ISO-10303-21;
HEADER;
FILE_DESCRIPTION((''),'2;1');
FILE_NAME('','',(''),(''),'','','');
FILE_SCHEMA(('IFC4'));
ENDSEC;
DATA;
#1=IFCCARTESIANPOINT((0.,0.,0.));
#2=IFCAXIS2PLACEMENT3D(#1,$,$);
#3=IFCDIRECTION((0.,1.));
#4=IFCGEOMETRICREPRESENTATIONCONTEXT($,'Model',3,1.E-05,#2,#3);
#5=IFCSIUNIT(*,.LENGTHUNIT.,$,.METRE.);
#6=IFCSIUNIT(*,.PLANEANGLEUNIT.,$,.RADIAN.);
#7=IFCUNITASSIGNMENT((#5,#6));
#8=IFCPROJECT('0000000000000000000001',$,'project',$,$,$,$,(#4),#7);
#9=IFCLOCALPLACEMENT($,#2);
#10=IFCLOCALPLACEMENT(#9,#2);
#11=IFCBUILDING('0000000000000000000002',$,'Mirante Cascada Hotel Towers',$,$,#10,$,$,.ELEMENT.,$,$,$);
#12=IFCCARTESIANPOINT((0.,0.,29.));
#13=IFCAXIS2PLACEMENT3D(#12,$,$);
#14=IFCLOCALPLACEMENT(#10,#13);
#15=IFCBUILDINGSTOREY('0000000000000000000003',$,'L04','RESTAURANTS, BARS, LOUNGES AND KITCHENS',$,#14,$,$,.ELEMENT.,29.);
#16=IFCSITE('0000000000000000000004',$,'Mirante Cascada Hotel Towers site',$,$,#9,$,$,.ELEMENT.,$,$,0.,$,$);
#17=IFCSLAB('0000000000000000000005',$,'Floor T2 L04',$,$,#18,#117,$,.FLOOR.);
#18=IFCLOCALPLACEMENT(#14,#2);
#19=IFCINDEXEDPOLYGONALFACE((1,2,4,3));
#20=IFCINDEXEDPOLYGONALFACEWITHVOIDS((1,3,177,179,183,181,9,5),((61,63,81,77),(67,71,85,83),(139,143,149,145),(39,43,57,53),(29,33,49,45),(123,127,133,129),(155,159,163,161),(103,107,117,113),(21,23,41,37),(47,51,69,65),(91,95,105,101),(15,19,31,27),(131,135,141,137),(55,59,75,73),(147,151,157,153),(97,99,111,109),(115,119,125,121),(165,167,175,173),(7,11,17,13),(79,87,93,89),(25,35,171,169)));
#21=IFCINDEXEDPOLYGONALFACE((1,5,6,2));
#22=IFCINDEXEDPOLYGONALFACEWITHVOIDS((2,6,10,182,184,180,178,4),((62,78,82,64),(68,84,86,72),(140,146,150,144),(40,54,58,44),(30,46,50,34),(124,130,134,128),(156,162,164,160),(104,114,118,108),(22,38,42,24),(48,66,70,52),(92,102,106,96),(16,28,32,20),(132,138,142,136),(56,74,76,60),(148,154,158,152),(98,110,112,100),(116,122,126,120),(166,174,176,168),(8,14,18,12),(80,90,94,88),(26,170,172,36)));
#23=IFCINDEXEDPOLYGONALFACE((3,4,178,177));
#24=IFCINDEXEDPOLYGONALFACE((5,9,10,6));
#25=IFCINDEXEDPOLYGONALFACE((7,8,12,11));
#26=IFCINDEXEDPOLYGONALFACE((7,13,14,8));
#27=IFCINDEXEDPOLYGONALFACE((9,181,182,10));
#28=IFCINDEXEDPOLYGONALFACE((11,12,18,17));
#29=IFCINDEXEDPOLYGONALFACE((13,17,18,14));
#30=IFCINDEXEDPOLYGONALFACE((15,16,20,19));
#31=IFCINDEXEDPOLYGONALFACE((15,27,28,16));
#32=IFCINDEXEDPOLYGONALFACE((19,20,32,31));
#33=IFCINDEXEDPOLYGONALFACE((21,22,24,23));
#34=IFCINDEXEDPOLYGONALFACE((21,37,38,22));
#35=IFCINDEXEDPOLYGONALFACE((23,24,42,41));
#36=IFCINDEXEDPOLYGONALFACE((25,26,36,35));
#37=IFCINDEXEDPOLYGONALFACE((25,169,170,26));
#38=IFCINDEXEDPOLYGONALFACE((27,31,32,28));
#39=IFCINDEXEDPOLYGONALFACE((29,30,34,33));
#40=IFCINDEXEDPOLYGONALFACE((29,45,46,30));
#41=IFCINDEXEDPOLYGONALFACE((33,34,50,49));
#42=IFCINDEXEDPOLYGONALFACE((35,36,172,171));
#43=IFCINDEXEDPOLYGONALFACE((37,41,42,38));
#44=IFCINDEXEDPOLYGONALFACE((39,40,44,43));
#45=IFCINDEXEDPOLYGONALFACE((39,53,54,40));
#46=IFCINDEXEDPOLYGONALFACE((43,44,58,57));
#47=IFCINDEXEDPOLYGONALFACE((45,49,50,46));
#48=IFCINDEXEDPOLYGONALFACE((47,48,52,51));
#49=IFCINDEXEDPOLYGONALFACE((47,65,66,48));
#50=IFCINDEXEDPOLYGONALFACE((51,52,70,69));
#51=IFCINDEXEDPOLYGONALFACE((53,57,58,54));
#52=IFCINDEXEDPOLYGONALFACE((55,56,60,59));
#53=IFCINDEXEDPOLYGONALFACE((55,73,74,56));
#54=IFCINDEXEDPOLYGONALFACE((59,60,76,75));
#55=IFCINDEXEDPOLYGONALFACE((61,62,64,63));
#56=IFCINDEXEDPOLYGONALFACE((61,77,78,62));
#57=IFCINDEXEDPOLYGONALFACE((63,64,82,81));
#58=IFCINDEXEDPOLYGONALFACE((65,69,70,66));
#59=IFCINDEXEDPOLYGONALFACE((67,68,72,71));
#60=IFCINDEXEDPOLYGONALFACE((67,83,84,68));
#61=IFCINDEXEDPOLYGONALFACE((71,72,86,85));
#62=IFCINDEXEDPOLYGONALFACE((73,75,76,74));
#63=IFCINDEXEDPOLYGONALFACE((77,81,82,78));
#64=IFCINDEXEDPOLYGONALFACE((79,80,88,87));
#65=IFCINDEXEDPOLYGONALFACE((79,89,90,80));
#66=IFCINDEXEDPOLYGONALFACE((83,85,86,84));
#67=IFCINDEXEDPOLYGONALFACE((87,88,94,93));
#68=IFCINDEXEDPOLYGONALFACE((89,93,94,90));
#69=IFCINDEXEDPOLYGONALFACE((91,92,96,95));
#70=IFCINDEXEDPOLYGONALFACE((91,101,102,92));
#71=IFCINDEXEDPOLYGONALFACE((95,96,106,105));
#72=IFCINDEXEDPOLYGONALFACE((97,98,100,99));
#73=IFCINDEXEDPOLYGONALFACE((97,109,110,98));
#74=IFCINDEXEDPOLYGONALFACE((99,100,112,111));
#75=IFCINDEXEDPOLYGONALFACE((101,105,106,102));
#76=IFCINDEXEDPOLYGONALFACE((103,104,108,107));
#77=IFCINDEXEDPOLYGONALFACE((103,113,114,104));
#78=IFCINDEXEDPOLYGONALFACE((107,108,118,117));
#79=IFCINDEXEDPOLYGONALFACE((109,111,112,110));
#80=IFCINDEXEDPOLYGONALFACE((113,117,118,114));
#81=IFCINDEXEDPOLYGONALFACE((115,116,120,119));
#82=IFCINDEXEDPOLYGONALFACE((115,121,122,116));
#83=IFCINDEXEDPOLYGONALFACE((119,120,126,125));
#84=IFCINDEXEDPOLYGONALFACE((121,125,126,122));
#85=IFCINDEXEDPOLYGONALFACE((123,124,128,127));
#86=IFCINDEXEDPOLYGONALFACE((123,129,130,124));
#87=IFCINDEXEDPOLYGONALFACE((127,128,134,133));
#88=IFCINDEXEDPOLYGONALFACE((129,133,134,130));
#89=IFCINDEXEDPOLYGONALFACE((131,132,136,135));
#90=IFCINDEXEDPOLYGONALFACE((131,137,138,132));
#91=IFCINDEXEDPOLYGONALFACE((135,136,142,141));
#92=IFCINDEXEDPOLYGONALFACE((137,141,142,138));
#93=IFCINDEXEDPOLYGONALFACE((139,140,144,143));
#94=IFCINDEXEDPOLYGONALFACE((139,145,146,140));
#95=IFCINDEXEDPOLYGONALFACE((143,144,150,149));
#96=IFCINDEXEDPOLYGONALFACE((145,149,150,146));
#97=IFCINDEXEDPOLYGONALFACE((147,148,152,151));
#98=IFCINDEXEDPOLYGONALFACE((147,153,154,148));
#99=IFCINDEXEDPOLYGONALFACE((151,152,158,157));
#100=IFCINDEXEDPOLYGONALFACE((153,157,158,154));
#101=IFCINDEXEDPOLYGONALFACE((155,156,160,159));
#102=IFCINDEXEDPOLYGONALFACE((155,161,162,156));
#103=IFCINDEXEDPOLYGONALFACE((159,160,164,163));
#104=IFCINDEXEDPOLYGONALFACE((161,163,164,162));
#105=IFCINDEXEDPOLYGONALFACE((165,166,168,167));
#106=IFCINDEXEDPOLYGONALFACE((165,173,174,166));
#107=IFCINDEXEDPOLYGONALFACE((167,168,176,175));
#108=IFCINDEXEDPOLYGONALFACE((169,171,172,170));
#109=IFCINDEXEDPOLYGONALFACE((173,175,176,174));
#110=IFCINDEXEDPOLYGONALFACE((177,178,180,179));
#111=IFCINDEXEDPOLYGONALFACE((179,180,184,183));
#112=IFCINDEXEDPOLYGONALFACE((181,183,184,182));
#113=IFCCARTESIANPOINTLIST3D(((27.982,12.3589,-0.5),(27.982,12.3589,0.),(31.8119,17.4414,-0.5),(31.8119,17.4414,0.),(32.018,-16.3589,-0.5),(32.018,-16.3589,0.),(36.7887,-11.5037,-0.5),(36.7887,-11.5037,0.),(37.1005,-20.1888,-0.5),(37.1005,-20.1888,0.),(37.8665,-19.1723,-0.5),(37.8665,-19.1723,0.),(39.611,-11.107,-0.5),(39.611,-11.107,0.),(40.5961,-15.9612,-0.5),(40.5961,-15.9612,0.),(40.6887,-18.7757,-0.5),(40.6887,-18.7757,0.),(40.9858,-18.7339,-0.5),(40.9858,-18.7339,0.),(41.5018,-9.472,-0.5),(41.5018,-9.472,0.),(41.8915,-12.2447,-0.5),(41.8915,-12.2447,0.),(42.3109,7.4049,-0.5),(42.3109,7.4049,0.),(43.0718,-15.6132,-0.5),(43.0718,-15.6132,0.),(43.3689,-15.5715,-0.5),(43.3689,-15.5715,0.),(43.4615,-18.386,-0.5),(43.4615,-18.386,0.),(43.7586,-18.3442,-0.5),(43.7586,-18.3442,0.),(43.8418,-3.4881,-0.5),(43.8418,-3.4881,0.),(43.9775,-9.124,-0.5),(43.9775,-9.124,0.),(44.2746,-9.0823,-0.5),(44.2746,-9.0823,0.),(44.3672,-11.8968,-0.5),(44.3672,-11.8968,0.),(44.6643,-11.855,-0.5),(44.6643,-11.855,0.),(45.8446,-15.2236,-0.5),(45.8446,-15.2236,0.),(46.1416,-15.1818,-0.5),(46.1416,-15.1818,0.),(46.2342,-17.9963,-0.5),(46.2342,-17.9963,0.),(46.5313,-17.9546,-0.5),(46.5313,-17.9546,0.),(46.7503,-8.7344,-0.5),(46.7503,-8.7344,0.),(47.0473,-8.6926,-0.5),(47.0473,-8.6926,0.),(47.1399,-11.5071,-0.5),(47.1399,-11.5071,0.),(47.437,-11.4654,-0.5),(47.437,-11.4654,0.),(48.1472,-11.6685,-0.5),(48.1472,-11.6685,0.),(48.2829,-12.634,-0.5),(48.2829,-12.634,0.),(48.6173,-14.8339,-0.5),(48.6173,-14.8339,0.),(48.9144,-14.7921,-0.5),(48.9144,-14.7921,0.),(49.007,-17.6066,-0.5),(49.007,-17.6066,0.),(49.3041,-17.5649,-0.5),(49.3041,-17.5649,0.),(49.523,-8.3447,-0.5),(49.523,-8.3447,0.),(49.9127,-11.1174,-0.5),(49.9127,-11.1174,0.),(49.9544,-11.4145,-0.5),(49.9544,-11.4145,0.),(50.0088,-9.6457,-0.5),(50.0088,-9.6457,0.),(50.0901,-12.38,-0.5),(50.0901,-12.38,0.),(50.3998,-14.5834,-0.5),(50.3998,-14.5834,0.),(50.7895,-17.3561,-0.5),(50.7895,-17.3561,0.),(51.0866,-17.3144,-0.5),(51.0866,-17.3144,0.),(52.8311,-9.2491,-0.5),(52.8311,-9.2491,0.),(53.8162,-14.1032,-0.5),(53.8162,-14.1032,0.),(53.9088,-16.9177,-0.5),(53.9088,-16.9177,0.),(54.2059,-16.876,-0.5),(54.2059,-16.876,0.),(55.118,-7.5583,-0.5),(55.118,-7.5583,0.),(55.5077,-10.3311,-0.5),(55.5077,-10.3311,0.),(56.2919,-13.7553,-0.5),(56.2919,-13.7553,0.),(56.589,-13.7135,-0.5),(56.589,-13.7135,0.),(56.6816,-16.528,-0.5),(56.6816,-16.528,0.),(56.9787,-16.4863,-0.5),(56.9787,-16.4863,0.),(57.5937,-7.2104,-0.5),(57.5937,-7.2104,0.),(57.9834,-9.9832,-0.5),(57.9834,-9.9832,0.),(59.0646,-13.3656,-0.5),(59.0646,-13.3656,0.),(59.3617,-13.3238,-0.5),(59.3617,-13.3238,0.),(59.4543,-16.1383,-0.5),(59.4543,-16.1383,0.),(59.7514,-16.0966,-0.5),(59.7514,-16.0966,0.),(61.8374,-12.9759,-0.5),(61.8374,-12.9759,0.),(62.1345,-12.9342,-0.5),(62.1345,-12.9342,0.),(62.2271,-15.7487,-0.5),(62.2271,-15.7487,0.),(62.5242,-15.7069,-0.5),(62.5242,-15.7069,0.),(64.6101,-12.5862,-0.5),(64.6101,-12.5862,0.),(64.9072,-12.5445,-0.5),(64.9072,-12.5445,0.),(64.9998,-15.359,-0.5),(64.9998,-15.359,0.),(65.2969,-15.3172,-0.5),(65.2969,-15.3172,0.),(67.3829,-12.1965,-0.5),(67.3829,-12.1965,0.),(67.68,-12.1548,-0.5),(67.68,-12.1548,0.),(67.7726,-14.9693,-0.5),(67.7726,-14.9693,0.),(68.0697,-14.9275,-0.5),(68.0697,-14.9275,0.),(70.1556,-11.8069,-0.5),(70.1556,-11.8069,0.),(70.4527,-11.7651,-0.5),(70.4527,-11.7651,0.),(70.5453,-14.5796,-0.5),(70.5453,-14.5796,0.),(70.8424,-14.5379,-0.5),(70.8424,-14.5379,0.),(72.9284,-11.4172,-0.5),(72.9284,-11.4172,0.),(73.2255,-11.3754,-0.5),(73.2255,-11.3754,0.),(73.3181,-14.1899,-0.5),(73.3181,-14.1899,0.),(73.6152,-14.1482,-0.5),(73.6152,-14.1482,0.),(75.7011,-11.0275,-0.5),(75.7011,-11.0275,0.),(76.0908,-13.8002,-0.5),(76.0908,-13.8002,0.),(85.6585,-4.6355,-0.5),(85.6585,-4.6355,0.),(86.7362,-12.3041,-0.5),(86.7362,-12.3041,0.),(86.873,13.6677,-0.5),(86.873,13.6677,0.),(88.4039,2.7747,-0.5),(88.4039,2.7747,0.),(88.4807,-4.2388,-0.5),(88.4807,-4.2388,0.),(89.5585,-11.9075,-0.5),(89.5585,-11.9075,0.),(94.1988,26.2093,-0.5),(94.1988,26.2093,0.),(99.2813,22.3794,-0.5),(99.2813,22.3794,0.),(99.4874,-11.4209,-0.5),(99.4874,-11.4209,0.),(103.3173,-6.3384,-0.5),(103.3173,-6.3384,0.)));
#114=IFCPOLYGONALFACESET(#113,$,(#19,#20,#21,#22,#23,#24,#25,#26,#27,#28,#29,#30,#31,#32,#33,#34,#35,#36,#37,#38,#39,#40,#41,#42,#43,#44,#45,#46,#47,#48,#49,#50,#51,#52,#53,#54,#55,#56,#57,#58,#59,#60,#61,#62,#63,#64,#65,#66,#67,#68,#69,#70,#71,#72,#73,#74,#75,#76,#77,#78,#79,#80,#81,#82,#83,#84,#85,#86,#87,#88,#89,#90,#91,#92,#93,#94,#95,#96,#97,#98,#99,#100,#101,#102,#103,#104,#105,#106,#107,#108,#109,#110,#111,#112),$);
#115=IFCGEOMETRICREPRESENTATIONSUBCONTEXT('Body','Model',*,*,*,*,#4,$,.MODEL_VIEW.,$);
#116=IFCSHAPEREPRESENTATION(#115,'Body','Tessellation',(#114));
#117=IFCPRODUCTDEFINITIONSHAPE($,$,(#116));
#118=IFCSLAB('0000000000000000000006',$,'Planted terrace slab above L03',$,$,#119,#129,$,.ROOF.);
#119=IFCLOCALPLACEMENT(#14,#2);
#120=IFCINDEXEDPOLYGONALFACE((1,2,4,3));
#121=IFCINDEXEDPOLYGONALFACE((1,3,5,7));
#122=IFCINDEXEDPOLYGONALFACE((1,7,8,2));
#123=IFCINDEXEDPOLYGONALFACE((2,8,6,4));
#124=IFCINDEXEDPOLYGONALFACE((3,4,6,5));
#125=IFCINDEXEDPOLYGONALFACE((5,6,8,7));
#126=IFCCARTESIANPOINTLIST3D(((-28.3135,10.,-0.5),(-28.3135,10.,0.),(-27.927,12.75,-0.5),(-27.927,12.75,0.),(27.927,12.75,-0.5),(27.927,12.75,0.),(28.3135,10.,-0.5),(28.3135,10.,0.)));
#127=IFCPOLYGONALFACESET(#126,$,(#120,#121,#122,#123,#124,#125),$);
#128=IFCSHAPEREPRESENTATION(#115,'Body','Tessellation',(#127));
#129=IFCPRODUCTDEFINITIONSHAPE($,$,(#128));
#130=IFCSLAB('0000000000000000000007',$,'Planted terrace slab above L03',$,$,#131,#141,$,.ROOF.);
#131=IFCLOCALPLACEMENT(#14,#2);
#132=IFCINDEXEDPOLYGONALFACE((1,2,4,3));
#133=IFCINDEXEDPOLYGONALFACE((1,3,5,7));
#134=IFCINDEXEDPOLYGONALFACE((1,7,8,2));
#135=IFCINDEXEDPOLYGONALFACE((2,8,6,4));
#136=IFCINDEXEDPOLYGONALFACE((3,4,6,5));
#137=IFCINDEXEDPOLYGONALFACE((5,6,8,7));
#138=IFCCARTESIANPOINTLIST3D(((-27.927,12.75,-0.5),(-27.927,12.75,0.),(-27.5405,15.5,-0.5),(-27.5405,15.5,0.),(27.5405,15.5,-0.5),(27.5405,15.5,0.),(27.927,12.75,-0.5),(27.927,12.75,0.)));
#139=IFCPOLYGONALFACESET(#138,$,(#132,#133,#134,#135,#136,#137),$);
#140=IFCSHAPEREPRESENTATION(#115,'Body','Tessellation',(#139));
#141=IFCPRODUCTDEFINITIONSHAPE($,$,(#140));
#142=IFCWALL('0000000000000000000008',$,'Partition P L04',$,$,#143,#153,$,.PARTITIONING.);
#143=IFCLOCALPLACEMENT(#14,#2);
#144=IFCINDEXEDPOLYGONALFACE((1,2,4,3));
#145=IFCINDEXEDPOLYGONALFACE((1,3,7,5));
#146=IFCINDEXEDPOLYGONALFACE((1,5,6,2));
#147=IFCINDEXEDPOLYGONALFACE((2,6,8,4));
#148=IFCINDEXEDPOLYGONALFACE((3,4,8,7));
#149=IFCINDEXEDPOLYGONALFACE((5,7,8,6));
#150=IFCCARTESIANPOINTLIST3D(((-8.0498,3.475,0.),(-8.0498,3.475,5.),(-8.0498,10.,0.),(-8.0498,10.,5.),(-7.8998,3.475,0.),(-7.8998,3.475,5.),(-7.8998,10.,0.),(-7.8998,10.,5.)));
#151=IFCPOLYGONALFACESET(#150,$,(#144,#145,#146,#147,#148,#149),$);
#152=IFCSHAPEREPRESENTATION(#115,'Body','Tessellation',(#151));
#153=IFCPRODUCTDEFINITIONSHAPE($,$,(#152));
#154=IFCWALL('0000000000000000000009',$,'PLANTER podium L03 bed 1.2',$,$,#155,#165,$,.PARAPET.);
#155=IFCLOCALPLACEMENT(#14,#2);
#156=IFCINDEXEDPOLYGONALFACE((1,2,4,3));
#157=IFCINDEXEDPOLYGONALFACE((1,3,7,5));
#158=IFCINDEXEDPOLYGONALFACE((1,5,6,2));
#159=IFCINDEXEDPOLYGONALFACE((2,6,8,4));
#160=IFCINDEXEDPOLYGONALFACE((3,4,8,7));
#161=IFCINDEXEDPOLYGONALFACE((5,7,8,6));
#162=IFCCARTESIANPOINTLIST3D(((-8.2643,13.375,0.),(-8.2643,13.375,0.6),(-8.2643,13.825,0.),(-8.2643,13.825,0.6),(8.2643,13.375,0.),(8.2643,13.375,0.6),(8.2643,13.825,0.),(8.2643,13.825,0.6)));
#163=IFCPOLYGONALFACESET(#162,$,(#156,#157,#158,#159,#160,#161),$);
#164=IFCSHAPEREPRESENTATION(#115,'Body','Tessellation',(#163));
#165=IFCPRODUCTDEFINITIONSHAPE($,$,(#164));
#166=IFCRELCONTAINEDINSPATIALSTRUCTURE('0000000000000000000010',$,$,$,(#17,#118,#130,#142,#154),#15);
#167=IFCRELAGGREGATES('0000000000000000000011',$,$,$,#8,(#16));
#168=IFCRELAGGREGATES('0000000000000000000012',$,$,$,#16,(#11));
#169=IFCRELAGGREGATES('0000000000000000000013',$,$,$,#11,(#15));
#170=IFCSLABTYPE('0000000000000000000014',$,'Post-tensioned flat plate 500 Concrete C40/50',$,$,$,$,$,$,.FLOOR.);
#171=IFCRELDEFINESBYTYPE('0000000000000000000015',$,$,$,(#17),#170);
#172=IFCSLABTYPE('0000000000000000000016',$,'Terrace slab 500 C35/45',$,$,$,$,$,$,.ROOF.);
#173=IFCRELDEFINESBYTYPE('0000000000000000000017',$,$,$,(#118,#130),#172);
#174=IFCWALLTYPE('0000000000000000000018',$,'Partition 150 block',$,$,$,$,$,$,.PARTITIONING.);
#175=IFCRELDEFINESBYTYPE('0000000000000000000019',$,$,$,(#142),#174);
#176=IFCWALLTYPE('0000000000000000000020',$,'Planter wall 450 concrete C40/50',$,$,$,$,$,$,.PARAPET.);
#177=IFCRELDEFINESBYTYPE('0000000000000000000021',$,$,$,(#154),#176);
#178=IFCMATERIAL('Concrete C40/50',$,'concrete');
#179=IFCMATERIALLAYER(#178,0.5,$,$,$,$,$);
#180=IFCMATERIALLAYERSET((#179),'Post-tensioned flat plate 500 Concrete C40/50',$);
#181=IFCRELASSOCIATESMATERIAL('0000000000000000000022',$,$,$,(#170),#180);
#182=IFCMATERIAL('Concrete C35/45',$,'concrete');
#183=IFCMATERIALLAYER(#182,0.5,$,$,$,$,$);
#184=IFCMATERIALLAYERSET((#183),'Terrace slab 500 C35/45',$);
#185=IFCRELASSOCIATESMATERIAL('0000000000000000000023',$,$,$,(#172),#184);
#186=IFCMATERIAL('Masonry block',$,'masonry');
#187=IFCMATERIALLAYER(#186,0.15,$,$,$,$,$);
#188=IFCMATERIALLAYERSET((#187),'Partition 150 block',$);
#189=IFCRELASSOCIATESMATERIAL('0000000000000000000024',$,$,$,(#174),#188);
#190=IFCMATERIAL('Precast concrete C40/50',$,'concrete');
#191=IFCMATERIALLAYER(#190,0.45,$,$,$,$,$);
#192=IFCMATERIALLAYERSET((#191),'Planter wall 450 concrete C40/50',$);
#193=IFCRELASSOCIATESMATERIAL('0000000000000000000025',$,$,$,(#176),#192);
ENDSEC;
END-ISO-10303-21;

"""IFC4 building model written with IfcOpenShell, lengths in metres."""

from ifc_helpers import new_model, si_unit, direction, frame, frame_2d, origin, place, context, subcontext, project, spatial, polyline, rectangle, outline, extrude, material, layer, layer_set, type_object, element, save


model = new_model("IFC4")

# Units and contexts
model_context = context("Model", 3, precision=1e-05, world=origin(), true_north=direction((0.0, 1.0)))
body_context = subcontext(model_context, "Body", "Model", "MODEL_VIEW")
ifc_project = project(units=[si_unit("LENGTHUNIT", "METRE"), si_unit("PLANEANGLEUNIT", "RADIAN")], contexts=[model_context])

# Site, building, storey
site_placement = place(None, origin())
site = spatial("IfcSite", under=ifc_project, at=site_placement, Name="Mirante Cascada Hotel Towers site", CompositionType="ELEMENT", RefElevation=0.0)
building_placement = place(site_placement, origin())
building = spatial("IfcBuilding", under=site, at=building_placement, Name="Mirante Cascada Hotel Towers", CompositionType="ELEMENT")
storey_placement = place(building_placement, frame((0.0, 0.0, 29.0)))
storey = spatial("IfcBuildingStorey", under=building, at=storey_placement, Name="L04", Description="RESTAURANTS, BARS, LOUNGES AND KITCHENS", CompositionType="ELEMENT", Elevation=29.0)

# Slabs
ifc_material_1 = material(Name="Concrete C40/50", Category="concrete")
ifc_layer_1 = layer(ifc_material_1, 0.5)
ifc_layer_set_1 = layer_set([ifc_layer_1], Name="Post-tensioned flat plate 500 Concrete C40/50")
slab_type_1 = type_object("IfcSlabType", Name="Post-tensioned flat plate 500 Concrete C40/50", PredefinedType="FLOOR", material=ifc_layer_set_1)
slab_1_placement = place(storey_placement, frame((0.0, 0.0, -0.5)))
element("IfcSlab", 1, at=slab_1_placement, inside=storey, type_object=slab_type_1, Name="Floor T2 L04", PredefinedType="FLOOR", context=body_context, shape_type="SweptSolid", body=[
    extrude(outline(polyline([(32.018, -16.3589), (27.982, 12.3589), (31.8119, 17.4414), (94.1988, 26.2093), (99.2813, 22.3794), (103.3173, -6.3384), (99.4874, -11.4209), (37.1005, -20.1888), (32.018, -16.3589)]), holes=[polyline([(43.0718, -15.6132), (40.5961, -15.9612), (40.9858, -18.7339), (43.4615, -18.386), (43.0718, -15.6132)]), polyline([(45.8446, -15.2236), (43.3689, -15.5715), (43.7586, -18.3442), (46.2342, -17.9963), (45.8446, -15.2236)]), polyline([(48.6173, -14.8339), (46.1416, -15.1818), (46.5313, -17.9546), (49.007, -17.6066), (48.6173, -14.8339)]), polyline([(50.7895, -17.3561), (50.3998, -14.5834), (48.9144, -14.7921), (49.3041, -17.5649), (50.7895, -17.3561)]), polyline([(56.6816, -16.528), (56.2919, -13.7553), (53.8162, -14.1032), (54.2059, -16.876), (56.6816, -16.528)]), polyline([(37.8665, -19.1723), (40.6887, -18.7757), (39.611, -11.107), (36.7887, -11.5037), (37.8665, -19.1723)]), polyline([(51.0866, -17.3144), (53.9088, -16.9177), (52.8311, -9.2491), (50.0088, -9.6457), (51.0866, -17.3144)]), polyline([(49.9544, -11.4145), (48.1472, -11.6685), (48.2829, -12.634), (50.0901, -12.38), (49.9544, -11.4145)]), polyline([(44.3672, -11.8968), (43.9775, -9.124), (41.5018, -9.472), (41.8915, -12.2447), (44.3672, -11.8968)]), polyline([(47.1399, -11.5071), (46.7503, -8.7344), (44.2746, -9.0823), (44.6643, -11.855), (47.1399, -11.5071)]), polyline([(49.523, -8.3447), (47.0473, -8.6926), (47.437, -11.4654), (49.9127, -11.1174), (49.523, -8.3447)]), polyline([(59.0646, -13.3656), (56.589, -13.7135), (56.9787, -16.4863), (59.4543, -16.1383), (59.0646, -13.3656)]), polyline([(61.8374, -12.9759), (59.3617, -13.3238), (59.7514, -16.0966), (62.2271, -15.7487), (61.8374, -12.9759)]), polyline([(64.9998, -15.359), (64.6101, -12.5862), (62.1345, -12.9342), (62.5242, -15.7069), (64.9998, -15.359)]), polyline([(67.7726, -14.9693), (67.3829, -12.1965), (64.9072, -12.5445), (65.2969, -15.3172), (67.7726, -14.9693)]), polyline([(70.1556, -11.8069), (67.68, -12.1548), (68.0697, -14.9275), (70.5453, -14.5796), (70.1556, -11.8069)]), polyline([(73.3181, -14.1899), (72.9284, -11.4172), (70.4527, -11.7651), (70.8424, -14.5379), (73.3181, -14.1899)]), polyline([(76.0908, -13.8002), (75.7011, -11.0275), (73.2255, -11.3754), (73.6152, -14.1482), (76.0908, -13.8002)]), polyline([(86.7362, -12.3041), (89.5585, -11.9075), (88.4807, -4.2388), (85.6585, -4.6355), (86.7362, -12.3041)]), polyline([(57.9834, -9.9832), (57.5937, -7.2104), (55.118, -7.5583), (55.5077, -10.3311), (57.9834, -9.9832)]), polyline([(88.4039, 2.7747), (86.873, 13.6677), (42.3109, 7.4049), (43.8418, -3.4881), (88.4039, 2.7747)])]), origin(), (0.0, 0.0, 1.0), 0.5),
])
ifc_material_2 = material(Name="Concrete C35/45", Category="concrete")
ifc_layer_2 = layer(ifc_material_2, 0.5)
ifc_layer_set_2 = layer_set([ifc_layer_2], Name="Terrace slab 500 C35/45")
slab_type_2 = type_object("IfcSlabType", Name="Terrace slab 500 C35/45", PredefinedType="ROOF", material=ifc_layer_set_2)
slab_2_placement = place(storey_placement, frame((0.0, 0.0, -0.5)))
element("IfcSlab", 2, at=slab_2_placement, inside=storey, type_object=slab_type_2, Name="Planted terrace slab above L03", PredefinedType="ROOF", context=body_context, shape_type="SweptSolid", body=[
    extrude(outline(polyline([(28.3135, 10.0), (-28.3135, 10.0), (-27.927, 12.75), (27.927, 12.75), (28.3135, 10.0)])), origin(), (0.0, 0.0, 1.0), 0.5),
])
slab_3_placement = place(storey_placement, frame((0.0, 0.0, -0.5)))
element("IfcSlab", 3, at=slab_3_placement, inside=storey, type_object=slab_type_2, Name="Planted terrace slab above L03", PredefinedType="ROOF", context=body_context, shape_type="SweptSolid", body=[
    extrude(outline(polyline([(27.5405, 15.5), (27.927, 12.75), (-27.927, 12.75), (-27.5405, 15.5), (27.5405, 15.5)])), origin(), (0.0, 0.0, 1.0), 0.5),
])

# Walls
ifc_material_3 = material(Name="Masonry block", Category="masonry")
ifc_layer_3 = layer(ifc_material_3, 0.15)
ifc_layer_set_3 = layer_set([ifc_layer_3], Name="Partition 150 block")
wall_type_1 = type_object("IfcWallType", Name="Partition 150 block", PredefinedType="PARTITIONING", material=ifc_layer_set_3)
wall_1_placement = place(storey_placement, frame((-7.9748, 3.475, 0.0), z_axis=(0.0, 0.0, 1.0), x_axis=(0.0, 1.0, 0.0)))
element("IfcWall", 4, at=wall_1_placement, inside=storey, type_object=wall_type_1, Name="Partition P L04", PredefinedType="PARTITIONING", context=body_context, shape_type="SweptSolid", body=[
    extrude(rectangle(XDim=6.525, YDim=0.15, at=frame_2d((3.2625, 0.0))), origin(), (0.0, 0.0, 1.0), 5.0),
])
ifc_material_4 = material(Name="Precast concrete C40/50", Category="concrete")
ifc_layer_4 = layer(ifc_material_4, 0.45)
ifc_layer_set_4 = layer_set([ifc_layer_4], Name="Planter wall 450 concrete C40/50")
wall_type_2 = type_object("IfcWallType", Name="Planter wall 450 concrete C40/50", PredefinedType="PARAPET", material=ifc_layer_set_4)
wall_2_placement = place(storey_placement, frame((-8.2643, 13.6, 0.0), z_axis=(0.0, 0.0, 1.0), x_axis=(1.0, 0.0, 0.0)))
element("IfcWall", 5, at=wall_2_placement, inside=storey, type_object=wall_type_2, Name="PLANTER podium L03 bed 1.2", PredefinedType="PARAPET", context=body_context, shape_type="SweptSolid", body=[
    extrude(rectangle(XDim=16.5286, YDim=0.45, at=frame_2d((8.2643, 0.0))), origin(), (0.0, 0.0, 1.0), 0.6),
])

save(model, "model.ifc")
